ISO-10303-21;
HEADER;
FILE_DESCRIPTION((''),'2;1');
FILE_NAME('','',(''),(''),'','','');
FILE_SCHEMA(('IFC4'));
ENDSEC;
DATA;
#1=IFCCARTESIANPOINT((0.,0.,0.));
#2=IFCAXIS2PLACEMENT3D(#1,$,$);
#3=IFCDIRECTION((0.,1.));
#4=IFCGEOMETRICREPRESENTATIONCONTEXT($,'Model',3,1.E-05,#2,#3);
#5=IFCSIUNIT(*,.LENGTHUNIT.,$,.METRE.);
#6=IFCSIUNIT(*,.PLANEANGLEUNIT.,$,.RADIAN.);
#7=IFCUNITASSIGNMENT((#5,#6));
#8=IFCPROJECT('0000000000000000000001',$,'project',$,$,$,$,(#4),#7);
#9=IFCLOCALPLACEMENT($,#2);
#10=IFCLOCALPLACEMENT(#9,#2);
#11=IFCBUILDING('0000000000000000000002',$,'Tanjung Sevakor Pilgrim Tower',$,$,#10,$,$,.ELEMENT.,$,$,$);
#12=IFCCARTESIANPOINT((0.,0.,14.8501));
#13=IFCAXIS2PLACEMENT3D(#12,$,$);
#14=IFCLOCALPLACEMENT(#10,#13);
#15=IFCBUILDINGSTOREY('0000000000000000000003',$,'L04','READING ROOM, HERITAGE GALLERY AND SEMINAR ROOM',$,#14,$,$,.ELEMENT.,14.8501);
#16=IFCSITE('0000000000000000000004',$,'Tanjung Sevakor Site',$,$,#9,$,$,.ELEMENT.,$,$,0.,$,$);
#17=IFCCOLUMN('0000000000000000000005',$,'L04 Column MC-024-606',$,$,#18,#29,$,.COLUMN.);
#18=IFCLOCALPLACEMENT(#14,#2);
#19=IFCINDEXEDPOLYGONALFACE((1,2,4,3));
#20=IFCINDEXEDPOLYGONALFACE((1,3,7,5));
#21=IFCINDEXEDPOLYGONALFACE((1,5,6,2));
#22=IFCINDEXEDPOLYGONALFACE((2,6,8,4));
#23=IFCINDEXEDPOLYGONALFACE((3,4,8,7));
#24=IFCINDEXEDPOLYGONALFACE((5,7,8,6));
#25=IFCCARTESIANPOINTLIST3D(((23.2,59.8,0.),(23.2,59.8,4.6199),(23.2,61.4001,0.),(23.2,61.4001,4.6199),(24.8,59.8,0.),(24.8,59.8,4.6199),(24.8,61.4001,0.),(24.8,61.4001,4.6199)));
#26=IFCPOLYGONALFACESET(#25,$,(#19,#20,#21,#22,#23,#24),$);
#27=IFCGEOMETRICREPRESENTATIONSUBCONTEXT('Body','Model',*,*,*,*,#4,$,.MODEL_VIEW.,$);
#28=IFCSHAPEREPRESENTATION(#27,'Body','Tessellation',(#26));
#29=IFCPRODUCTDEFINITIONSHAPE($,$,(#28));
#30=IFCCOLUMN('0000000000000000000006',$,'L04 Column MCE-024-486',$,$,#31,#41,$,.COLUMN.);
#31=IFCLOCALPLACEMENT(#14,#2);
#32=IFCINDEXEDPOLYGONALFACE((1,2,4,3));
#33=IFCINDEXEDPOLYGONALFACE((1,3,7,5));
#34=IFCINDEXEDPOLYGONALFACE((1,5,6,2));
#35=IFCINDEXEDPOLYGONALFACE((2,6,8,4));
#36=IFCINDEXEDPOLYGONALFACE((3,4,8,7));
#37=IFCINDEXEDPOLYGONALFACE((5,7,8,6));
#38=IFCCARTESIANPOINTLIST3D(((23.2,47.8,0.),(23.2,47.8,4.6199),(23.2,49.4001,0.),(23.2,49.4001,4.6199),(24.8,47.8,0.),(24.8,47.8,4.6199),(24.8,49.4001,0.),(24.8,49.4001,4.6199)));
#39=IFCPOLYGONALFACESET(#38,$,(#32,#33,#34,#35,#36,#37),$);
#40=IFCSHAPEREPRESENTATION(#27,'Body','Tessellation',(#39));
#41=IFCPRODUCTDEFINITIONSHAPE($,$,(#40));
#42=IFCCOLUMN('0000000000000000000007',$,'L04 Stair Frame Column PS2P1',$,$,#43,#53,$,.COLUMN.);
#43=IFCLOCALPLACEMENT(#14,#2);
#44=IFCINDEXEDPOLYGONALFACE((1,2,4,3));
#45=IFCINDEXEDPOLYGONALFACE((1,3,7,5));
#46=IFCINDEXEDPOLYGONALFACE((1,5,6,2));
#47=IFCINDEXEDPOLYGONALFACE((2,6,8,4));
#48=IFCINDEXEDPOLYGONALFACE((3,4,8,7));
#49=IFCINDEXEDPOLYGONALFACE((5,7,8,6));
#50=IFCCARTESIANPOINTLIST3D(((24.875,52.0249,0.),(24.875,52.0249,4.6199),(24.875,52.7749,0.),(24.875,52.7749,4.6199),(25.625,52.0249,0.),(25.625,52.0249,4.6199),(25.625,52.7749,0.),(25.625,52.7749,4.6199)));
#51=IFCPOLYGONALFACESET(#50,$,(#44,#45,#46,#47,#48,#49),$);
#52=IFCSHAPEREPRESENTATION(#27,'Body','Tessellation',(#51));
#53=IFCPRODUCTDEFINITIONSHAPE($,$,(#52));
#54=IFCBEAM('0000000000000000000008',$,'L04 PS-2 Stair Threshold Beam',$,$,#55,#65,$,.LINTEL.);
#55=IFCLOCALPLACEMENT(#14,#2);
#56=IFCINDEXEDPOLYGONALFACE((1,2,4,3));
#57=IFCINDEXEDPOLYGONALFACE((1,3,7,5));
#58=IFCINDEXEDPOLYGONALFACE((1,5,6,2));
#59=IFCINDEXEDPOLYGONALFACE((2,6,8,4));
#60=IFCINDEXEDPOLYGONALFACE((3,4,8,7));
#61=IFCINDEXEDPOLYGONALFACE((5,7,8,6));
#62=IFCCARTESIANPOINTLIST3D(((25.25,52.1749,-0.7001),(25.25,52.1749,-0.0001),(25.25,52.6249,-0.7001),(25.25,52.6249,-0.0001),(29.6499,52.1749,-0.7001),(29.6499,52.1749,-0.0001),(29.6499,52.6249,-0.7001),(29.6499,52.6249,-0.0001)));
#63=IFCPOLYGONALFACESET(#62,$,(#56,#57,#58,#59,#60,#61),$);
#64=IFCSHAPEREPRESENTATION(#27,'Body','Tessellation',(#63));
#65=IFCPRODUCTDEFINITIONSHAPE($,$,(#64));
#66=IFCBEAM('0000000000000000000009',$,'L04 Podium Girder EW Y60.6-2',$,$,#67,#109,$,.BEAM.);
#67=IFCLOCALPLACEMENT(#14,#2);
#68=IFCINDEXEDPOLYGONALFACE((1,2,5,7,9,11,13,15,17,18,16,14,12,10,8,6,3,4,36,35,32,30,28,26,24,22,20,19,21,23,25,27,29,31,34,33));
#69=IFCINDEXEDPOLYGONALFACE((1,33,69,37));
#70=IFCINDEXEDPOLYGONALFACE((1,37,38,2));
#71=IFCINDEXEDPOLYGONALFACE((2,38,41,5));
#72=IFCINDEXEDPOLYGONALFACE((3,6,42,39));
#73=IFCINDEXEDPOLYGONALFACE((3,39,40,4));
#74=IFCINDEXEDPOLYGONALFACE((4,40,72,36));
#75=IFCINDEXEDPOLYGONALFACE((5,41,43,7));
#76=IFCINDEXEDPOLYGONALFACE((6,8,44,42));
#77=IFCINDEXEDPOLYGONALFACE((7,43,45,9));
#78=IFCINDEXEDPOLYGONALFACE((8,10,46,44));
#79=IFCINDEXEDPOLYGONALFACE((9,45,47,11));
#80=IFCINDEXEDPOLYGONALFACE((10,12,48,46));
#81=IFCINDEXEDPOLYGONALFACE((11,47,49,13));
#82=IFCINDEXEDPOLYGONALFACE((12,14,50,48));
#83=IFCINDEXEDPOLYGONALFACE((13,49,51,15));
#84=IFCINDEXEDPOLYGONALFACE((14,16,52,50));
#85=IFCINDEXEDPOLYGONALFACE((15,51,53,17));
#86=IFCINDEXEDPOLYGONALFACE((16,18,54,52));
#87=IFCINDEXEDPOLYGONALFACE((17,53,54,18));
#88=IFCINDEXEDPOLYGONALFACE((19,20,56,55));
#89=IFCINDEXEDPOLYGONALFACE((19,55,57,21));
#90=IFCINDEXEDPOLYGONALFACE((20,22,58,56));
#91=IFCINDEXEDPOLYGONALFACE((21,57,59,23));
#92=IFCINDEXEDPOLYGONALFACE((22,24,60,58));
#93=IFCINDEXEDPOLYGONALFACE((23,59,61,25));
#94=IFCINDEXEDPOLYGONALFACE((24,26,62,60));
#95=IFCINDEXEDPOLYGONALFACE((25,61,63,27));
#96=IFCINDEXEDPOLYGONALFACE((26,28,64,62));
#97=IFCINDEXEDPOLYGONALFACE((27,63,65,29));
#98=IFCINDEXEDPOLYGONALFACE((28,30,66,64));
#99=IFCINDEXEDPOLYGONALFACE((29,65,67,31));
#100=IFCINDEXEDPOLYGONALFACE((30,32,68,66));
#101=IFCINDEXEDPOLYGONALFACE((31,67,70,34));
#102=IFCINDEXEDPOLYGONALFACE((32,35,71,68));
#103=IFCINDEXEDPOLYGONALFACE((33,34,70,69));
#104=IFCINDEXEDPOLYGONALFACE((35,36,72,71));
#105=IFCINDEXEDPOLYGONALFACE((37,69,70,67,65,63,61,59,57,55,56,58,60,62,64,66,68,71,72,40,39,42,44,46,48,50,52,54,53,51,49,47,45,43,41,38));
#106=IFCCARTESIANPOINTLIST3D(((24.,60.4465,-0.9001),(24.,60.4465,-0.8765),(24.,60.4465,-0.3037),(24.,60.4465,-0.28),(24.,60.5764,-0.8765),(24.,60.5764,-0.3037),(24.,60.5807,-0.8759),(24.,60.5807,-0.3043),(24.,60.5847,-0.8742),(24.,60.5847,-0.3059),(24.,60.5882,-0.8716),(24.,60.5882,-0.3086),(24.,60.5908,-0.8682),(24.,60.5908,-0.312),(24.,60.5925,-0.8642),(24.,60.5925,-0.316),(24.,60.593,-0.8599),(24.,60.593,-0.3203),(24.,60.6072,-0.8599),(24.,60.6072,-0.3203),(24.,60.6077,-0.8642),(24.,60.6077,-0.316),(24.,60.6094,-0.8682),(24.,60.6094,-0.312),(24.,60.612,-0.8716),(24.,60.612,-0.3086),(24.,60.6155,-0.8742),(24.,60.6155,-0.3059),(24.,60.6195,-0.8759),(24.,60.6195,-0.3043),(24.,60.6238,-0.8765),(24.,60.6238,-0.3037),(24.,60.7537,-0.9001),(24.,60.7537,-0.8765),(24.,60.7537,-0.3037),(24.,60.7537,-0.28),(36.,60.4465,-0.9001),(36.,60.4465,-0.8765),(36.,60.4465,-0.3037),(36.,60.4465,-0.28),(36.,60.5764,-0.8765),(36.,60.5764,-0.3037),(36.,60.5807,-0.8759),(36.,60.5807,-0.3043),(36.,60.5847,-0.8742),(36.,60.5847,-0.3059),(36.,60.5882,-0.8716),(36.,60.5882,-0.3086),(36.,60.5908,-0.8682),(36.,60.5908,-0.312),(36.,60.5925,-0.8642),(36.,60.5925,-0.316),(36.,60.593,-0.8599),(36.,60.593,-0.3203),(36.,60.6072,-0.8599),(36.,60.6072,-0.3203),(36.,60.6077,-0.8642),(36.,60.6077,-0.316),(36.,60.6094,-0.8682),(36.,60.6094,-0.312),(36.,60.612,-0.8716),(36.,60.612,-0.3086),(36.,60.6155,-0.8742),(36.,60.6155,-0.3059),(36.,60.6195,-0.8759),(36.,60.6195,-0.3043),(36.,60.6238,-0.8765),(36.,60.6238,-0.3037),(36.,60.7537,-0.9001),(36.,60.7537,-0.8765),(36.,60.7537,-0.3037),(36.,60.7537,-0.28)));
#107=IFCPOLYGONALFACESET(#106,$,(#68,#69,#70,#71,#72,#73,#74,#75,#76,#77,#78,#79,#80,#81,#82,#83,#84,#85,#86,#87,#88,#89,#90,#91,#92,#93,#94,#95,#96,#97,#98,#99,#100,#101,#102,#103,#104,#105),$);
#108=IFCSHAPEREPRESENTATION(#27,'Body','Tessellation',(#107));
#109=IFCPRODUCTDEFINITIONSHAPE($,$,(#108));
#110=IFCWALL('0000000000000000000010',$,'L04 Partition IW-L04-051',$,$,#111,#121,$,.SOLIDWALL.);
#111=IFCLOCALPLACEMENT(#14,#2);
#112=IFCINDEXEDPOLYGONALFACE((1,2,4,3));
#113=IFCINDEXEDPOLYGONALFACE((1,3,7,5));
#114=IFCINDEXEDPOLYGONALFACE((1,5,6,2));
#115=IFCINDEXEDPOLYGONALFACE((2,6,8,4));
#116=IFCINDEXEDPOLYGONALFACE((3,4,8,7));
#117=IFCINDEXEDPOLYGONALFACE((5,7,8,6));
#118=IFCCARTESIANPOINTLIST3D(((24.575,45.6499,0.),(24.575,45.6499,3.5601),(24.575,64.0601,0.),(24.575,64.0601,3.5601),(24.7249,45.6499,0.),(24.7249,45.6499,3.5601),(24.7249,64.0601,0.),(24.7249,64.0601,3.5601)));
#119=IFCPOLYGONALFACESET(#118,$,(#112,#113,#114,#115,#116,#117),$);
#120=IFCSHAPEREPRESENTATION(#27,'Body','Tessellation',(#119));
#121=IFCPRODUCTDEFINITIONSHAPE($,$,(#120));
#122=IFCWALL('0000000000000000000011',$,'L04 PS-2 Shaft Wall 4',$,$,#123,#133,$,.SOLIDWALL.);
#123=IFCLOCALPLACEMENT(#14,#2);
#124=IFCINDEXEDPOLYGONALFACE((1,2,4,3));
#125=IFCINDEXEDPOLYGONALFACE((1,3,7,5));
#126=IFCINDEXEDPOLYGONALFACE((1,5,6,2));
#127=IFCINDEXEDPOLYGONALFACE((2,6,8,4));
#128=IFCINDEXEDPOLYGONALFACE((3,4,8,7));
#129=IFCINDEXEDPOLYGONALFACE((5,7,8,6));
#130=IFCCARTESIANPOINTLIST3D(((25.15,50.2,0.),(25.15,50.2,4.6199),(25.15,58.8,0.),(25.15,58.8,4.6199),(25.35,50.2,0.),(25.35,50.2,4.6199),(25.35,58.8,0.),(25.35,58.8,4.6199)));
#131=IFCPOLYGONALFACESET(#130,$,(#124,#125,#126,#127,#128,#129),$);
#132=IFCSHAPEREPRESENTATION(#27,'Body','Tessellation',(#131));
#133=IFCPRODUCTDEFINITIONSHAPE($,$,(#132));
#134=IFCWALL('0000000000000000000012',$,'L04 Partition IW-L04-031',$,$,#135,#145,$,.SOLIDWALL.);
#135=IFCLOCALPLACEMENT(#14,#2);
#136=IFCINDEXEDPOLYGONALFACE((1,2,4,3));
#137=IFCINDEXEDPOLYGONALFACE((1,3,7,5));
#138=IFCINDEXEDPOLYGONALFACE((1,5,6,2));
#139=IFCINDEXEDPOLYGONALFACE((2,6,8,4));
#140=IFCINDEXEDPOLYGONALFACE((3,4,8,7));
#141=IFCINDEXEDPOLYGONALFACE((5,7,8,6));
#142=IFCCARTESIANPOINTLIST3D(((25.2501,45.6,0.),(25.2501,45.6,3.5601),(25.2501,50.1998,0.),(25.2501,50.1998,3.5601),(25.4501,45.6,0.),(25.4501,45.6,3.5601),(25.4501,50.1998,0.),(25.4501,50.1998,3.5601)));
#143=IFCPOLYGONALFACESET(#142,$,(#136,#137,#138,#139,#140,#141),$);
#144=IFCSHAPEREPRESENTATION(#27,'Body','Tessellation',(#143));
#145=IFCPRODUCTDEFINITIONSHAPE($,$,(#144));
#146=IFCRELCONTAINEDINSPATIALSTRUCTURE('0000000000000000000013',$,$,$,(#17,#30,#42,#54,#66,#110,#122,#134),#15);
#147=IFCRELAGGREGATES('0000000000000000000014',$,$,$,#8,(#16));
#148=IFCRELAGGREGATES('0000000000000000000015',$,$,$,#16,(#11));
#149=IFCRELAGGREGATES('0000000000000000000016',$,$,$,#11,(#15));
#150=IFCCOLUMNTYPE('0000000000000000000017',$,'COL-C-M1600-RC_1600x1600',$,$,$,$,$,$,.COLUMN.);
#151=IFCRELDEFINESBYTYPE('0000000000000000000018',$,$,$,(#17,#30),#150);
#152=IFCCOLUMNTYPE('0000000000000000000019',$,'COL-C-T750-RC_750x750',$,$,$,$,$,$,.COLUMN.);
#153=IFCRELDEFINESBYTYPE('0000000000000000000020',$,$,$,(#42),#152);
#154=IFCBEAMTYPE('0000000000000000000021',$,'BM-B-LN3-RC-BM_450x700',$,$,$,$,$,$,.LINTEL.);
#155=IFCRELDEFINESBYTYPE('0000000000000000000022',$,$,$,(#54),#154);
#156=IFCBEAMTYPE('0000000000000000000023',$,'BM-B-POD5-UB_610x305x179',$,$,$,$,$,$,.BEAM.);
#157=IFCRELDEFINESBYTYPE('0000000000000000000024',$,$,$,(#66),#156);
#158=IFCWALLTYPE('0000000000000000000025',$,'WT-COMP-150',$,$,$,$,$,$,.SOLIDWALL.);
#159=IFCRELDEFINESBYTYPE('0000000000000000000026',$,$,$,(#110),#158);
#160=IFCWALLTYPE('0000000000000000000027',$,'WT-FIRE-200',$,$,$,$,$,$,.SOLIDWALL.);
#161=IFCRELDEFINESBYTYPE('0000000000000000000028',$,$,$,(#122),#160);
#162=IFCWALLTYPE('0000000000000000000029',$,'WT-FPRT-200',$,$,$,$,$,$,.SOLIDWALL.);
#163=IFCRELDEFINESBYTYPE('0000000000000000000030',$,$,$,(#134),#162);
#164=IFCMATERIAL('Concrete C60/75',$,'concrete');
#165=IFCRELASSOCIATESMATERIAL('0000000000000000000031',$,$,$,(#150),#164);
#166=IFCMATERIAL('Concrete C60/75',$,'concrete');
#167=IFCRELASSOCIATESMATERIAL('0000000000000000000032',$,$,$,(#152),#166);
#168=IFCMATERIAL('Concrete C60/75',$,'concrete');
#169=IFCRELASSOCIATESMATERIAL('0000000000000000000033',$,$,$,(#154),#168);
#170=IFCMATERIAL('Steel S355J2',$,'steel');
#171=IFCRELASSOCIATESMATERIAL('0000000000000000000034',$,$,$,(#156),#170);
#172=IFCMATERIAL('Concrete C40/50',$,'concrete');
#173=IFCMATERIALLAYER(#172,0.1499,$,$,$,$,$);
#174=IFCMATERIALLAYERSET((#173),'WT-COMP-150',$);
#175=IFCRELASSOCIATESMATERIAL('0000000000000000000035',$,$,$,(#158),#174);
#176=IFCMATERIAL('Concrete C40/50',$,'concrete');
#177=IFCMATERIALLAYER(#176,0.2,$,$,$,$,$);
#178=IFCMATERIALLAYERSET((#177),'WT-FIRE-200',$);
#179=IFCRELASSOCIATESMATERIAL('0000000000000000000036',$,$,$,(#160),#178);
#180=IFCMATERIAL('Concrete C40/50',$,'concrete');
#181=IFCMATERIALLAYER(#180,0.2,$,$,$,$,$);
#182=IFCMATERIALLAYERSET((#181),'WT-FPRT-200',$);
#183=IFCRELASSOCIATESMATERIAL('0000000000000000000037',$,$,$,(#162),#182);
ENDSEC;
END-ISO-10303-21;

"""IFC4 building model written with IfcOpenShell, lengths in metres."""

from ifc_helpers import new_model, si_unit, direction, frame, frame_2d, origin, origin_2d, place, context, subcontext, project, spatial, rectangle, i_section, extrude, material, layer, layer_set, material_profile, profile_set, type_object, element, save


model = new_model("IFC4")

# Units and contexts
model_context = context("Model", 3, precision=1e-05, world=origin(), true_north=direction((0.0, 1.0)))
body_context = subcontext(model_context, "Body", "Model", "MODEL_VIEW")
ifc_project = project(units=[si_unit("LENGTHUNIT", "METRE"), si_unit("PLANEANGLEUNIT", "RADIAN")], contexts=[model_context])

# Site, building, storey
site_placement = place(None, origin())
site = spatial("IfcSite", under=ifc_project, at=site_placement, Name="Tanjung Sevakor Site", CompositionType="ELEMENT", RefElevation=0.0)
building_placement = place(site_placement, origin())
building = spatial("IfcBuilding", under=site, at=building_placement, Name="Tanjung Sevakor Pilgrim Tower", CompositionType="ELEMENT")
storey_placement = place(building_placement, frame((0.0, 0.0, 14.8501)))
storey = spatial("IfcBuildingStorey", under=building, at=storey_placement, Name="L04", Description="READING ROOM, HERITAGE GALLERY AND SEMINAR ROOM", CompositionType="ELEMENT", Elevation=14.8501)

# Columns
ifc_material_1 = material(Name="Concrete C60/75", Category="concrete")
ifc_material_profile_1 = material_profile(ifc_material_1, rectangle(XDim=1.6001, YDim=1.6001, at=origin_2d()))
ifc_profile_set_1 = profile_set([ifc_material_profile_1], Name="Concrete C60/75")
column_type_1 = type_object("IfcColumnType", Name="COL-C-M1600-RC_1600x1600", PredefinedType="COLUMN", material=ifc_profile_set_1)
for number, where, z_axis, x_axis, name in (
    (1, (24.0, 60.6001, 0.0), (0.0, 0.0, 1.0), (1.0, 0.0, 0.0), "L04 Column MC-024-606"),
    (2, (24.0, 48.6001, 0.0), (0.0, 0.0, 1.0), (1.0, 0.0, 0.0), "L04 Column MCE-024-486"),
):
    element("IfcColumn", number, at=place(storey_placement, frame(where, z_axis=z_axis, x_axis=x_axis)), inside=storey, type_object=column_type_1, Name=name, PredefinedType="COLUMN", context=body_context, shape_type="SweptSolid", body=[
        extrude(rectangle(XDim=1.6001, YDim=1.6001, at=origin_2d()), origin(), (0.0, 0.0, 1.0), 4.6199),
    ])
ifc_material_2 = material(Name="Concrete C60/75", Category="concrete")
ifc_material_profile_2 = material_profile(ifc_material_2, rectangle(XDim=0.75, YDim=0.75, at=origin_2d()))
ifc_profile_set_2 = profile_set([ifc_material_profile_2], Name="Concrete C60/75")
column_type_2 = type_object("IfcColumnType", Name="COL-C-T750-RC_750x750", PredefinedType="COLUMN", material=ifc_profile_set_2)
column_placement = place(storey_placement, frame((25.25, 52.3999, 0.0), z_axis=(0.0, 0.0, 1.0), x_axis=(1.0, 0.0, 0.0)))
element("IfcColumn", 3, at=column_placement, inside=storey, type_object=column_type_2, Name="L04 Stair Frame Column PS2P1", PredefinedType="COLUMN", context=body_context, shape_type="SweptSolid", body=[
    extrude(rectangle(XDim=0.75, YDim=0.75, at=origin_2d()), origin(), (0.0, 0.0, 1.0), 4.6199),
])

# Beams
ifc_material_3 = material(Name="Concrete C60/75", Category="concrete")
ifc_material_profile_3 = material_profile(ifc_material_3, rectangle(XDim=0.45, YDim=0.7, at=origin_2d()))
ifc_profile_set_3 = profile_set([ifc_material_profile_3], Name="Concrete C60/75")
beam_type_1 = type_object("IfcBeamType", Name="BM-B-LN3-RC-BM_450x700", PredefinedType="LINTEL", material=ifc_profile_set_3)
beam_1_placement = place(storey_placement, frame((25.25, 52.3999, -0.3501), z_axis=(1.0, 0.0, 0.0), x_axis=(0.0, 1.0, 0.0)))
element("IfcBeam", 4, at=beam_1_placement, inside=storey, type_object=beam_type_1, Name="L04 PS-2 Stair Threshold Beam", PredefinedType="LINTEL", context=body_context, shape_type="SweptSolid", body=[
    extrude(rectangle(XDim=0.45, YDim=0.7, at=origin_2d()), origin(), (0.0, 0.0, 1.0), 4.3999),
])
ifc_material_4 = material(Name="Steel S355J2", Category="steel")
ifc_material_profile_4 = material_profile(ifc_material_4, i_section(OverallWidth=0.3071, OverallDepth=0.6201, WebThickness=0.0142, FlangeThickness=0.0237, FilletRadius=0.0166, at=origin_2d()))
ifc_profile_set_4 = profile_set([ifc_material_profile_4], Name="Steel S355J2")
beam_type_2 = type_object("IfcBeamType", Name="BM-B-POD5-UB_610x305x179", PredefinedType="BEAM", material=ifc_profile_set_4)
beam_2_placement = place(storey_placement, frame((24.0, 60.6001, -0.5901), z_axis=(1.0, 0.0, 0.0), x_axis=(0.0, 1.0, 0.0)))
element("IfcBeam", 5, at=beam_2_placement, inside=storey, type_object=beam_type_2, Name="L04 Podium Girder EW Y60.6-2", PredefinedType="BEAM", context=body_context, shape_type="SweptSolid", body=[
    extrude(i_section(OverallWidth=0.3071, OverallDepth=0.6201, WebThickness=0.0142, FlangeThickness=0.0237, FilletRadius=0.0166, at=origin_2d()), origin(), (0.0, 0.0, 1.0), 12.0),
])

# Wall
ifc_material_5 = material(Name="Concrete C40/50", Category="concrete")
ifc_layer_1 = layer(ifc_material_5, 0.1499)
ifc_layer_set_1 = layer_set([ifc_layer_1], Name="WT-COMP-150")
wall_type_1 = type_object("IfcWallType", Name="WT-COMP-150", PredefinedType="SOLIDWALL", material=ifc_layer_set_1)
wall_1_placement = place(storey_placement, frame((24.6499, 45.6499, 0.0), z_axis=(0.0, 0.0, 1.0), x_axis=(0.0, 1.0, 0.0)))
element("IfcWall", 6, at=wall_1_placement, inside=storey, type_object=wall_type_1, Name="L04 Partition IW-L04-051", PredefinedType="SOLIDWALL", context=body_context, shape_type="SweptSolid", body=[
    extrude(rectangle(XDim=18.4102, YDim=0.1499, at=frame_2d((9.2051, 0.0))), origin(), (0.0, 0.0, 1.0), 3.5601),
])

# Shared definitions
ifc_material_6 = material(Name="Concrete C40/50", Category="concrete")
ifc_layer_2 = layer(ifc_material_6, 0.2)
ifc_layer_set_2 = layer_set([ifc_layer_2], Name="WT-FIRE-200")
wall_type_2 = type_object("IfcWallType", Name="WT-FIRE-200", PredefinedType="SOLIDWALL", material=ifc_layer_set_2)

# Walls
wall_2_placement = place(storey_placement, frame((25.25, 58.8, 0.0), z_axis=(0.0, 0.0, 1.0), x_axis=(0.0, -1.0, 0.0)))
element("IfcWall", 7, at=wall_2_placement, inside=storey, type_object=wall_type_2, Name="L04 PS-2 Shaft Wall 4", PredefinedType="SOLIDWALL", context=body_context, shape_type="SweptSolid", body=[
    extrude(rectangle(XDim=8.6001, YDim=0.2, at=frame_2d((4.3, 0.0))), origin(), (0.0, 0.0, 1.0), 4.6199),
])
ifc_material_7 = material(Name="Concrete C40/50", Category="concrete")
ifc_layer_3 = layer(ifc_material_7, 0.2)
ifc_layer_set_3 = layer_set([ifc_layer_3], Name="WT-FPRT-200")
wall_type_3 = type_object("IfcWallType", Name="WT-FPRT-200", PredefinedType="SOLIDWALL", material=ifc_layer_set_3)
wall_3_placement = place(storey_placement, frame((25.3501, 45.6001, 0.0), z_axis=(0.0, 0.0, 1.0), x_axis=(0.0, 1.0, 0.0)))
element("IfcWall", 8, at=wall_3_placement, inside=storey, type_object=wall_type_3, Name="L04 Partition IW-L04-031", PredefinedType="SOLIDWALL", context=body_context, shape_type="SweptSolid", body=[
    extrude(rectangle(XDim=4.5999, YDim=0.2, at=frame_2d((2.2998, 0.0))), origin(), (0.0, 0.0, 1.0), 3.5601),
])

save(model, "model.ifc")
